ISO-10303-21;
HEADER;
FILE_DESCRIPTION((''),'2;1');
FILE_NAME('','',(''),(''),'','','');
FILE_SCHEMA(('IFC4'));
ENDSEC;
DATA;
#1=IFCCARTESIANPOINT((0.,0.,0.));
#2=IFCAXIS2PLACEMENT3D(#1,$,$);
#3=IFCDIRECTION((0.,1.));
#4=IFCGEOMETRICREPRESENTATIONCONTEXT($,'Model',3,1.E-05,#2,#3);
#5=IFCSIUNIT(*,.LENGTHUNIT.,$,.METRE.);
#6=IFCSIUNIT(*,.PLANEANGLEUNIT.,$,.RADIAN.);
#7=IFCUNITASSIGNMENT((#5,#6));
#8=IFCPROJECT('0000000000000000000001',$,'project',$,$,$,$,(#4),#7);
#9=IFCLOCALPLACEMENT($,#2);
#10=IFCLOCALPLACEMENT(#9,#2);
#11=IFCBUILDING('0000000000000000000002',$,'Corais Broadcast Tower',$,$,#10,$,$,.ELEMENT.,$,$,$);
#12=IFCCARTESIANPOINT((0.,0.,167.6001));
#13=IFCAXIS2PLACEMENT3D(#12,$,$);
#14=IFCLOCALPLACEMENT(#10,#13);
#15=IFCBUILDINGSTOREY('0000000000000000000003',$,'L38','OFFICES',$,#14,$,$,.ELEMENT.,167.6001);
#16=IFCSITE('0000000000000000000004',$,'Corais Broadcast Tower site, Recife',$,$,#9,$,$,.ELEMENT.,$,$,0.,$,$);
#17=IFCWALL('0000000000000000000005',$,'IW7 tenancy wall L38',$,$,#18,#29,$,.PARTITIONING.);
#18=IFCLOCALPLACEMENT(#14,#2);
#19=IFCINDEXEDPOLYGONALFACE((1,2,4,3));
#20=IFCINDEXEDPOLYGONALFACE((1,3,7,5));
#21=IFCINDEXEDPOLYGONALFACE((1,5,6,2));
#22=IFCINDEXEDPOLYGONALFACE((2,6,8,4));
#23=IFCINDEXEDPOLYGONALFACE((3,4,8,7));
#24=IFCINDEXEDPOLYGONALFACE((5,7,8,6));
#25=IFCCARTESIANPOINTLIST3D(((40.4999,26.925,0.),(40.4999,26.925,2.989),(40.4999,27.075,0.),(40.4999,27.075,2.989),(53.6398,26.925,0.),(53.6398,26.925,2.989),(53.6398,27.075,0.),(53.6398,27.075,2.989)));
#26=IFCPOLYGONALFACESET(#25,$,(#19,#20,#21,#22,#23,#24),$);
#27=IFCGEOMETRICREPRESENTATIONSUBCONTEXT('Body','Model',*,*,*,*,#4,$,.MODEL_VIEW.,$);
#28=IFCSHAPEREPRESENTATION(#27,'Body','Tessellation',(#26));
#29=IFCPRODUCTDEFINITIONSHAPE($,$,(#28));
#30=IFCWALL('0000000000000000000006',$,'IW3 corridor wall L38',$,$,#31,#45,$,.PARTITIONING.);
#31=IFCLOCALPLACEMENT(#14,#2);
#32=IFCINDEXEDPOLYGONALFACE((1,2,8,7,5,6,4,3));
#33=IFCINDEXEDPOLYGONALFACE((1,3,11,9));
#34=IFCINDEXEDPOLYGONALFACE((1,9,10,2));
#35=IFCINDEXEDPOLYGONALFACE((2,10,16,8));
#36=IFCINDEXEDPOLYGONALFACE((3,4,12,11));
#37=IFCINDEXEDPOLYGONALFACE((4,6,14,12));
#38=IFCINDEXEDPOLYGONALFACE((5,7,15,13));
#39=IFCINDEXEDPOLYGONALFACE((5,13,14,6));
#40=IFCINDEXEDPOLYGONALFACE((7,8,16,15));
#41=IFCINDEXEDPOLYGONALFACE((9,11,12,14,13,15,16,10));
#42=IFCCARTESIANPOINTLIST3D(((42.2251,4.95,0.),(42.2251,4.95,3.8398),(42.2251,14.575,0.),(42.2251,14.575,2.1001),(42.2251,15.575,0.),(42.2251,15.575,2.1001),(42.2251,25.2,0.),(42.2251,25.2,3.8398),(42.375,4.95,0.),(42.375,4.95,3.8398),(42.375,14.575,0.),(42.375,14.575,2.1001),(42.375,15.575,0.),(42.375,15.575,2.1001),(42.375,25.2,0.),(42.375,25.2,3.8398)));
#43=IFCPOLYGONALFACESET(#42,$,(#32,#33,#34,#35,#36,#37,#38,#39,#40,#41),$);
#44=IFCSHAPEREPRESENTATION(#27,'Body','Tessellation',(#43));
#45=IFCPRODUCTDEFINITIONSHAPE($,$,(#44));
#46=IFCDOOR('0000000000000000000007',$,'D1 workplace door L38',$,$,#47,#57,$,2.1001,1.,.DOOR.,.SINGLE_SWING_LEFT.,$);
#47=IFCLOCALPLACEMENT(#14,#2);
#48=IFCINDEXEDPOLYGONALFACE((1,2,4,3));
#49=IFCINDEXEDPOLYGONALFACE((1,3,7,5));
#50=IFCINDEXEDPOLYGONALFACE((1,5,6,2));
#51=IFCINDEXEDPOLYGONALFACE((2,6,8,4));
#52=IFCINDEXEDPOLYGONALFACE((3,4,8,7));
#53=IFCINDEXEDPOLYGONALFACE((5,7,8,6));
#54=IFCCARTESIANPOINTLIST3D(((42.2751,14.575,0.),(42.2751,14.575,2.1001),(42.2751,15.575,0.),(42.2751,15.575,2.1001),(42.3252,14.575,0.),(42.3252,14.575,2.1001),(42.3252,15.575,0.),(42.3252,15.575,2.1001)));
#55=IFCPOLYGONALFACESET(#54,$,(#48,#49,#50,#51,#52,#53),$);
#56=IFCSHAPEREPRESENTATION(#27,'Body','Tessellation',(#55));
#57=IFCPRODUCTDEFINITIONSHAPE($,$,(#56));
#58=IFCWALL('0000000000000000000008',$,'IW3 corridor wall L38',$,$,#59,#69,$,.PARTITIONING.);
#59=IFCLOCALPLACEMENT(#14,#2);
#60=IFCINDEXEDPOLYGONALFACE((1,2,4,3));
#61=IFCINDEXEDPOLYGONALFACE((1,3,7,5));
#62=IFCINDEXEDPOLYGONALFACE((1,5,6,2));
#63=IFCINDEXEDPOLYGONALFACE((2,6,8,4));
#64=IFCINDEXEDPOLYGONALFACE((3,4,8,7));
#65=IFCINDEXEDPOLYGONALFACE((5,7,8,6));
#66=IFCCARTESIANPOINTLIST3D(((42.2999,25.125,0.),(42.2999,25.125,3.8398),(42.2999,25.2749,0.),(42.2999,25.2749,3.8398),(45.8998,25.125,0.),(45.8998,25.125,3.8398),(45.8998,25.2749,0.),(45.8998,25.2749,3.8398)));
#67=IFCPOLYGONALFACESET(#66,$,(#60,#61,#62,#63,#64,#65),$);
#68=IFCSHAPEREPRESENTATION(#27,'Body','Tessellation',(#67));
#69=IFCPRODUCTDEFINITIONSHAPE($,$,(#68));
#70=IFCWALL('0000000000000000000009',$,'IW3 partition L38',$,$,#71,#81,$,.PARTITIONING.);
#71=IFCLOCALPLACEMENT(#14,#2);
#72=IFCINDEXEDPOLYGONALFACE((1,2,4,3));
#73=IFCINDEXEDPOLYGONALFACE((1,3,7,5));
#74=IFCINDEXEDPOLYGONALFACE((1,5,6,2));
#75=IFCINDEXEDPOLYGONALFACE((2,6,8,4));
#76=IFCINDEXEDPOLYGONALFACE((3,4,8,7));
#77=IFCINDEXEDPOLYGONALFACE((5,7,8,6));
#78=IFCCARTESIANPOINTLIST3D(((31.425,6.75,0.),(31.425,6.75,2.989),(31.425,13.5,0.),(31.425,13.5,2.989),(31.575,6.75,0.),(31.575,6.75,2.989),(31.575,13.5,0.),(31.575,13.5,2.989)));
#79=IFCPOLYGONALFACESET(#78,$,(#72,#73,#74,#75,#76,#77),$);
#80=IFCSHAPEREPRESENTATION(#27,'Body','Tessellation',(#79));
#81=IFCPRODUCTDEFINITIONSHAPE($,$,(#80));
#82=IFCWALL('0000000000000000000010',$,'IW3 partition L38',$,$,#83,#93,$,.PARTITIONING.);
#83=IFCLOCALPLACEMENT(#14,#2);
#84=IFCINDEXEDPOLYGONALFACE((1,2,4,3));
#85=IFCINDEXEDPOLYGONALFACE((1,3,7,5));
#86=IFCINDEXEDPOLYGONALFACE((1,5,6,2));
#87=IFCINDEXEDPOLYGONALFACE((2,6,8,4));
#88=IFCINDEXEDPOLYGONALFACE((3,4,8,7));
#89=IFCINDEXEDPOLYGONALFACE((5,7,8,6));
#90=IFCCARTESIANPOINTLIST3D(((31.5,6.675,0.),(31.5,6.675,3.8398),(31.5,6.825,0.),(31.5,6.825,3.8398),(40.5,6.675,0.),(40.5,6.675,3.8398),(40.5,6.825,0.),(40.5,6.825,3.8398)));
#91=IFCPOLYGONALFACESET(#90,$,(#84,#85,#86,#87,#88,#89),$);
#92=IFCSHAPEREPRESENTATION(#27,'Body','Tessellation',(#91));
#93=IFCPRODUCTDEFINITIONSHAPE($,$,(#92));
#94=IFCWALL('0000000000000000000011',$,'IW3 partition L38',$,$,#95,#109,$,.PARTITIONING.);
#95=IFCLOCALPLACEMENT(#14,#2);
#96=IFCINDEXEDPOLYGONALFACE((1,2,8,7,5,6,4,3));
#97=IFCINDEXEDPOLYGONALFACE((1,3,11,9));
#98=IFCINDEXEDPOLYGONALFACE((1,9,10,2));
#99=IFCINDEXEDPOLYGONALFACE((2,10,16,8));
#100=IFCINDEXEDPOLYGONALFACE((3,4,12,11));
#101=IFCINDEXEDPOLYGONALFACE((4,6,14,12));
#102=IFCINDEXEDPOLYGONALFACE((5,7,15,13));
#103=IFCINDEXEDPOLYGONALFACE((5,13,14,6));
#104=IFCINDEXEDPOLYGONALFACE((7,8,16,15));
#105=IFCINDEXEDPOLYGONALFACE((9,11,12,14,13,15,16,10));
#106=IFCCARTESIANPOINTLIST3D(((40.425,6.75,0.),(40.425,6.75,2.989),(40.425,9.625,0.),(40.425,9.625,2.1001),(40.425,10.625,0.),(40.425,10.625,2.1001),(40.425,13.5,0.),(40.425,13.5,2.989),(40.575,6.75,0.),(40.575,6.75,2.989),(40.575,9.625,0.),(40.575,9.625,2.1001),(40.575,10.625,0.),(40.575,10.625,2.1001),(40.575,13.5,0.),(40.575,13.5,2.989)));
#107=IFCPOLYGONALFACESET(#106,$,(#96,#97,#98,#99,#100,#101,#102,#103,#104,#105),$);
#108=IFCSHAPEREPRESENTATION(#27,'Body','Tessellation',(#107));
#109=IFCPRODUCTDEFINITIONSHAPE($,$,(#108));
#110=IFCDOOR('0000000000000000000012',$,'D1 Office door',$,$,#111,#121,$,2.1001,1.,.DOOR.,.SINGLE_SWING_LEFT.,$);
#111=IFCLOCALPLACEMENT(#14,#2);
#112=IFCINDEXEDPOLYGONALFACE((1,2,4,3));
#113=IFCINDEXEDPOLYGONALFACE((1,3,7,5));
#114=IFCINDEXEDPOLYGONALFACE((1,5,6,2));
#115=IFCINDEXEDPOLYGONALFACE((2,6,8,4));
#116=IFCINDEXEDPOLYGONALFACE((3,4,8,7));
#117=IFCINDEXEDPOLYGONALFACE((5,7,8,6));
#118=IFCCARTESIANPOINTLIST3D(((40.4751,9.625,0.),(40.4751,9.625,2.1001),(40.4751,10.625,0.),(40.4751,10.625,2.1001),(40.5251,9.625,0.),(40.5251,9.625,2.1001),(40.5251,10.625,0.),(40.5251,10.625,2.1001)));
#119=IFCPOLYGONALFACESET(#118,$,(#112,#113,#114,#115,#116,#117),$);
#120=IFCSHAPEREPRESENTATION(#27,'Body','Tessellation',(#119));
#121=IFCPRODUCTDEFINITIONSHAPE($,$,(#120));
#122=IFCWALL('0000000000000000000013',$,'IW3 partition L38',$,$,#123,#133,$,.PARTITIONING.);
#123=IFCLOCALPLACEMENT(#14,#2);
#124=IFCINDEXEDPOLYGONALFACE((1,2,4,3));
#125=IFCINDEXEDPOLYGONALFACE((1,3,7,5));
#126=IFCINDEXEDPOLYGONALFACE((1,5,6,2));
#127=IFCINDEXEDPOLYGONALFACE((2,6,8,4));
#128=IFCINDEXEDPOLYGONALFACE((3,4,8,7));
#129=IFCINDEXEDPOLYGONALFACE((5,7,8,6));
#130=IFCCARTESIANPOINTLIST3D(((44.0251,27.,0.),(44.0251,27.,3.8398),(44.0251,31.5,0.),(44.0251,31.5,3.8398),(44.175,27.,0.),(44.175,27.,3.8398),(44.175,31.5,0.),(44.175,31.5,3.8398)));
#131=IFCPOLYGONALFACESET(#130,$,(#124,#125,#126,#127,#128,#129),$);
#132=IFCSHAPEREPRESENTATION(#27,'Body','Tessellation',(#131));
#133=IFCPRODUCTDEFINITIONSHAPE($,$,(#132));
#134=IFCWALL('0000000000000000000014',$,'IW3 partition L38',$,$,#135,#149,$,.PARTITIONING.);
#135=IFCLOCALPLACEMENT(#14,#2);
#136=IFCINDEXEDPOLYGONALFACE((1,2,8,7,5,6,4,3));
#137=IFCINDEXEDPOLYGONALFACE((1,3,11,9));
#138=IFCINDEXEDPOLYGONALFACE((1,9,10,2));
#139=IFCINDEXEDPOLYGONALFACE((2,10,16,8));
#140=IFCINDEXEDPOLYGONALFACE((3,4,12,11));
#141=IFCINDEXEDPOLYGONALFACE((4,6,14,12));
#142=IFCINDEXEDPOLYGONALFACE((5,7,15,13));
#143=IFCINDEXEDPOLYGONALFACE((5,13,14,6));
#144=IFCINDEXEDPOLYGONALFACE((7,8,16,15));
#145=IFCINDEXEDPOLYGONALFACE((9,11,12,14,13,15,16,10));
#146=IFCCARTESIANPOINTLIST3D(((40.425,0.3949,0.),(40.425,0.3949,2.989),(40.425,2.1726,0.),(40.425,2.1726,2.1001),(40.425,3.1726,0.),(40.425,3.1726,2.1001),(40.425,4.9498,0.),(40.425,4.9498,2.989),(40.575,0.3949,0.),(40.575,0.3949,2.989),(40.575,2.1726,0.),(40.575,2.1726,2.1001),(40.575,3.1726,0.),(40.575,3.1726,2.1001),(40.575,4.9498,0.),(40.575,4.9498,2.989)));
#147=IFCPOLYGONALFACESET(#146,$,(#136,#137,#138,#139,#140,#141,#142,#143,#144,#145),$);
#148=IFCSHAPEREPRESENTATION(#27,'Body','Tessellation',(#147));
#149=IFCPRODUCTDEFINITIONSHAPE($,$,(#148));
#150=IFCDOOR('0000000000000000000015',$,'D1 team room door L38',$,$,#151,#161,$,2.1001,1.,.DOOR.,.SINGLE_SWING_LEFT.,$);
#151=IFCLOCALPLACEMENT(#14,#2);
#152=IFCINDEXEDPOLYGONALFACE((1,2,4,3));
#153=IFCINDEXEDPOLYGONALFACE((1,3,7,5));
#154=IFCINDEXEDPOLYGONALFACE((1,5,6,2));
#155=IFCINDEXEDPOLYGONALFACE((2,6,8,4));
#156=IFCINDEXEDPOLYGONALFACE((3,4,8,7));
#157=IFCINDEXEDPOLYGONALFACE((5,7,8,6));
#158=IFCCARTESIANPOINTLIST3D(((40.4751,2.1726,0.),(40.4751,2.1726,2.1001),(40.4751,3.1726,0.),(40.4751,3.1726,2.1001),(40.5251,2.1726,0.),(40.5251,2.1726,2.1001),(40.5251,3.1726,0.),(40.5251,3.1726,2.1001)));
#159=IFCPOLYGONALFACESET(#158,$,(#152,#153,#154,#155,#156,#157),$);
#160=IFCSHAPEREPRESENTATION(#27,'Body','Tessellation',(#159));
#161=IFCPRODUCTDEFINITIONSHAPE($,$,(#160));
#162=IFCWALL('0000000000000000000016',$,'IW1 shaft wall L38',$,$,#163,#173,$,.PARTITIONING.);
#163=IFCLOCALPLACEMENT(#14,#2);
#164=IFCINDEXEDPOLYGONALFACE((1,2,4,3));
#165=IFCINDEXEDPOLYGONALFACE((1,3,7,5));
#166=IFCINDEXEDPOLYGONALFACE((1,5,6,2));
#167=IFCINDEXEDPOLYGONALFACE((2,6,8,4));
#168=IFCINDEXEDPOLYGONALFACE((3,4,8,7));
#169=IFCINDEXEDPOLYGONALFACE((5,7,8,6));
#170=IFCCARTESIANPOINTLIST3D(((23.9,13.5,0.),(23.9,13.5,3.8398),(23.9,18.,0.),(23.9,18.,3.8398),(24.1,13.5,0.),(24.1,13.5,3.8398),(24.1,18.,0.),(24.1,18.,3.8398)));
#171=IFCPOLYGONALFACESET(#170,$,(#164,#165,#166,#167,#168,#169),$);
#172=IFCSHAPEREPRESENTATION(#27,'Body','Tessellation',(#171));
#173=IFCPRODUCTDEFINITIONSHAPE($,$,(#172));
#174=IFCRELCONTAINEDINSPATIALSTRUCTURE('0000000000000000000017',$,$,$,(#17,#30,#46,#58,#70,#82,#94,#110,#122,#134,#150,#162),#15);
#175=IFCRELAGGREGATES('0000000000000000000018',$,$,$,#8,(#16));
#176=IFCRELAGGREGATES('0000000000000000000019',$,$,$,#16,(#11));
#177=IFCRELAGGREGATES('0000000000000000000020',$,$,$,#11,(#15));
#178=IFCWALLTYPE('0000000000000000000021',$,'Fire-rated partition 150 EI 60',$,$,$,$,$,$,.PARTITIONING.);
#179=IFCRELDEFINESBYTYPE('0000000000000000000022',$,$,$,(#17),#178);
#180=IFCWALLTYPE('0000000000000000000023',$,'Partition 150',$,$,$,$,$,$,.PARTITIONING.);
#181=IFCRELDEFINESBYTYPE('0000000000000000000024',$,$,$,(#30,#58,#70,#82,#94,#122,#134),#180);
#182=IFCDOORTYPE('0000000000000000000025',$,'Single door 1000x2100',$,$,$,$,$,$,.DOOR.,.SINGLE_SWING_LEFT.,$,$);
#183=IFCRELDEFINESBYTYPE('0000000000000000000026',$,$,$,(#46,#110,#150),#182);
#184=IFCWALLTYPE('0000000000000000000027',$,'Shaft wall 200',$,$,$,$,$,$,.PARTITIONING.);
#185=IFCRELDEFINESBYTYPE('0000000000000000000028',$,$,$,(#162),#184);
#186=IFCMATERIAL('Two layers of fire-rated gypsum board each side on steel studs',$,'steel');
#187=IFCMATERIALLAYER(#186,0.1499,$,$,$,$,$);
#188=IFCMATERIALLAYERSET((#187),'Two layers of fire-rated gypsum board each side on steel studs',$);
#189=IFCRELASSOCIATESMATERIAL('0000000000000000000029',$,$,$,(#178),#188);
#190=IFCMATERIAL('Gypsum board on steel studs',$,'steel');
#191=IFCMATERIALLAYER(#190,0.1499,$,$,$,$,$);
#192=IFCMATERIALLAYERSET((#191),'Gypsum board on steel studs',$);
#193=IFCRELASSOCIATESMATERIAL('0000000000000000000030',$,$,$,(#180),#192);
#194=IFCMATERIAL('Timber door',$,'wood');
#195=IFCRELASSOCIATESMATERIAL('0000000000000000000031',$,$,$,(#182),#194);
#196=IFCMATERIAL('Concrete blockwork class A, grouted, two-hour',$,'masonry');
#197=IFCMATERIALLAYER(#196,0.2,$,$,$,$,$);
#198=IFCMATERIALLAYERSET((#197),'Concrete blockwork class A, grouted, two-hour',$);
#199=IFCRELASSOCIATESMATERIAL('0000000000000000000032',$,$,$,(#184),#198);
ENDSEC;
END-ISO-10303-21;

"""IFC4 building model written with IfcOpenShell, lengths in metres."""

from ifc_helpers import new_model, si_unit, direction, frame, frame_2d, origin, place, context, subcontext, project, spatial, rectangle, extrude, material, layer, layer_set, type_object, element, fill, save


model = new_model("IFC4")

# Units and contexts
model_context = context("Model", 3, precision=1e-05, world=origin(), true_north=direction((0.0, 1.0)))
body_context = subcontext(model_context, "Body", "Model", "MODEL_VIEW")
ifc_project = project(units=[si_unit("LENGTHUNIT", "METRE"), si_unit("PLANEANGLEUNIT", "RADIAN")], contexts=[model_context])

# Site, building, storey
site_placement = place(None, origin())
site = spatial("IfcSite", under=ifc_project, at=site_placement, Name="Corais Broadcast Tower site, Recife", CompositionType="ELEMENT", RefElevation=0.0)
building_placement = place(site_placement, origin())
building = spatial("IfcBuilding", under=site, at=building_placement, Name="Corais Broadcast Tower", CompositionType="ELEMENT")
storey_placement = place(building_placement, frame((0.0, 0.0, 167.6001)))
storey = spatial("IfcBuildingStorey", under=building, at=storey_placement, Name="L38", Description="OFFICES", CompositionType="ELEMENT", Elevation=167.6001)

# Wall
ifc_material_1 = material(Name="Two layers of fire-rated gypsum board each side on steel studs", Category="steel")
ifc_layer_1 = layer(ifc_material_1, 0.1499)
ifc_layer_set_1 = layer_set([ifc_layer_1], Name="Two layers of fire-rated gypsum board each side on steel studs")
wall_type_1 = type_object("IfcWallType", Name="Fire-rated partition 150 EI 60", PredefinedType="PARTITIONING", material=ifc_layer_set_1)
wall_1_placement = place(storey_placement, frame((40.5, 27.0, 0.0), z_axis=(0.0, 0.0, 1.0), x_axis=(1.0, 0.0, 0.0)))
element("IfcWall", 1, at=wall_1_placement, inside=storey, type_object=wall_type_1, Name="IW7 tenancy wall L38", PredefinedType="PARTITIONING", context=body_context, shape_type="SweptSolid", body=[
    extrude(rectangle(XDim=13.1399, YDim=0.1499, at=frame_2d((6.5698, 0.0))), origin(), (0.0, 0.0, 1.0), 2.989),
])

# Wall, opening, door
ifc_material_2 = material(Name="Gypsum board on steel studs", Category="steel")
ifc_layer_2 = layer(ifc_material_2, 0.1499)
ifc_layer_set_2 = layer_set([ifc_layer_2], Name="Gypsum board on steel studs")
wall_type_2 = type_object("IfcWallType", Name="Partition 150", PredefinedType="PARTITIONING", material=ifc_layer_set_2)
wall_2_placement = place(storey_placement, frame((42.3, 4.95, 0.0), z_axis=(0.0, 0.0, 1.0), x_axis=(0.0, 1.0, 0.0)))
wall_2 = element("IfcWall", 2, at=wall_2_placement, inside=storey, type_object=wall_type_2, Name="IW3 corridor wall L38", PredefinedType="PARTITIONING", context=body_context, shape_type="SweptSolid", body=[
    extrude(rectangle(XDim=20.25, YDim=0.1499, at=frame_2d((10.125, 0.0))), origin(), (0.0, 0.0, 1.0), 3.8398),
])
opening_1_placement = place(wall_2_placement, frame((9.625, 0.0, 0.0)))
opening_1 = element("IfcOpeningElement", 3, at=opening_1_placement, cuts=wall_2, PredefinedType="OPENING", context=body_context, shape_type="SweptSolid", body=[
    extrude(rectangle(XDim=1.0, YDim=2.1001, at=frame_2d((0.5, 1.05))), frame((0.0, 0.085, 0.0), z_axis=(0.0, -1.0, 0.0), x_axis=(1.0, 0.0, 0.0)), (0.0, 0.0, 1.0), 0.1699),
])
ifc_material_3 = material(Name="Timber door", Category="wood")
door_type_1 = type_object("IfcDoorType", Name="Single door 1000x2100", OperationType="SINGLE_SWING_LEFT", PredefinedType="DOOR", material=ifc_material_3)
door_1_placement = place(opening_1_placement, origin())
door_1 = element("IfcDoor", 4, at=door_1_placement, inside=storey, type_object=door_type_1, Name="D1 workplace door L38", OperationType="SINGLE_SWING_LEFT", OverallHeight=2.1001, OverallWidth=1.0, PredefinedType="DOOR", context=body_context, shape_type="SweptSolid", body=[
    extrude(rectangle(XDim=1.0, YDim=2.1001, at=frame_2d((0.5, 1.05))), frame((0.0, 0.0249, 0.0), z_axis=(0.0, -1.0, 0.0), x_axis=(1.0, 0.0, 0.0)), (0.0, 0.0, 1.0), 0.05),
])
fill(opening_1, door_1)

# Walls
wall_3_placement = place(storey_placement, frame((42.3, 25.2, 0.0), z_axis=(0.0, 0.0, 1.0), x_axis=(1.0, 0.0, 0.0)))
element("IfcWall", 5, at=wall_3_placement, inside=storey, type_object=wall_type_2, Name="IW3 corridor wall L38", PredefinedType="PARTITIONING", context=body_context, shape_type="SweptSolid", body=[
    extrude(rectangle(XDim=3.5999, YDim=0.1499, at=frame_2d((1.7998, 0.0))), origin(), (0.0, 0.0, 1.0), 3.8398),
])
wall_4_placement = place(storey_placement, frame((31.5, 6.75, 0.0), z_axis=(0.0, 0.0, 1.0), x_axis=(0.0, 1.0, 0.0)))
element("IfcWall", 6, at=wall_4_placement, inside=storey, type_object=wall_type_2, Name="IW3 partition L38", PredefinedType="PARTITIONING", context=body_context, shape_type="SweptSolid", body=[
    extrude(rectangle(XDim=6.75, YDim=0.1499, at=frame_2d((3.375, 0.0))), origin(), (0.0, 0.0, 1.0), 2.989),
])
wall_5_placement = place(storey_placement, frame((31.5, 6.75, 0.0), z_axis=(0.0, 0.0, 1.0), x_axis=(1.0, 0.0, 0.0)))
element("IfcWall", 7, at=wall_5_placement, inside=storey, type_object=wall_type_2, Name="IW3 partition L38", PredefinedType="PARTITIONING", context=body_context, shape_type="SweptSolid", body=[
    extrude(rectangle(XDim=9.0, YDim=0.1499, at=frame_2d((4.5, 0.0))), origin(), (0.0, 0.0, 1.0), 3.8398),
])

# Wall, opening, door
wall_6_placement = place(storey_placement, frame((40.5, 6.75, 0.0), z_axis=(0.0, 0.0, 1.0), x_axis=(0.0, 1.0, 0.0)))
wall_6 = element("IfcWall", 8, at=wall_6_placement, inside=storey, type_object=wall_type_2, Name="IW3 partition L38", PredefinedType="PARTITIONING", context=body_context, shape_type="SweptSolid", body=[
    extrude(rectangle(XDim=6.75, YDim=0.1499, at=frame_2d((3.375, 0.0))), origin(), (0.0, 0.0, 1.0), 2.989),
])
opening_2_placement = place(wall_6_placement, frame((2.875, 0.0, 0.0)))
opening_2 = element("IfcOpeningElement", 9, at=opening_2_placement, cuts=wall_6, PredefinedType="OPENING", context=body_context, shape_type="SweptSolid", body=[
    extrude(rectangle(XDim=1.0, YDim=2.1001, at=frame_2d((0.5, 1.05))), frame((0.0, 0.085, 0.0), z_axis=(0.0, -1.0, 0.0), x_axis=(1.0, 0.0, 0.0)), (0.0, 0.0, 1.0), 0.1699),
])
door_2_placement = place(opening_2_placement, origin())
door_2 = element("IfcDoor", 10, at=door_2_placement, inside=storey, type_object=door_type_1, Name="D1 Office door", OperationType="SINGLE_SWING_LEFT", OverallHeight=2.1001, OverallWidth=1.0, PredefinedType="DOOR", context=body_context, shape_type="SweptSolid", body=[
    extrude(rectangle(XDim=1.0, YDim=2.1001, at=frame_2d((0.5, 1.05))), frame((0.0, 0.0249, 0.0), z_axis=(0.0, -1.0, 0.0), x_axis=(1.0, 0.0, 0.0)), (0.0, 0.0, 1.0), 0.05),
])
fill(opening_2, door_2)

# Wall
wall_7_placement = place(storey_placement, frame((44.1001, 27.0, 0.0), z_axis=(0.0, 0.0, 1.0), x_axis=(0.0, 1.0, 0.0)))
element("IfcWall", 11, at=wall_7_placement, inside=storey, type_object=wall_type_2, Name="IW3 partition L38", PredefinedType="PARTITIONING", context=body_context, shape_type="SweptSolid", body=[
    extrude(rectangle(XDim=4.5, YDim=0.1499, at=frame_2d((2.25, 0.0))), origin(), (0.0, 0.0, 1.0), 3.8398),
])

# Wall, opening, door
wall_8_placement = place(storey_placement, frame((40.5, 0.395, 0.0), z_axis=(0.0, 0.0, 1.0), x_axis=(0.0, 1.0, 0.0)))
wall_8 = element("IfcWall", 12, at=wall_8_placement, inside=storey, type_object=wall_type_2, Name="IW3 partition L38", PredefinedType="PARTITIONING", context=body_context, shape_type="SweptSolid", body=[
    extrude(rectangle(XDim=4.5549, YDim=0.1499, at=frame_2d((2.2773, 0.0))), origin(), (0.0, 0.0, 1.0), 2.989),
])
opening_3_placement = place(wall_8_placement, frame((1.7776, 0.0, 0.0)))
opening_3 = element("IfcOpeningElement", 13, at=opening_3_placement, cuts=wall_8, PredefinedType="OPENING", context=body_context, shape_type="SweptSolid", body=[
    extrude(rectangle(XDim=1.0, YDim=2.1001, at=frame_2d((0.5, 1.05))), frame((0.0, 0.085, 0.0), z_axis=(0.0, -1.0, 0.0), x_axis=(1.0, 0.0, 0.0)), (0.0, 0.0, 1.0), 0.1699),
])
door_3_placement = place(opening_3_placement, origin())
door_3 = element("IfcDoor", 14, at=door_3_placement, inside=storey, type_object=door_type_1, Name="D1 team room door L38", OperationType="SINGLE_SWING_LEFT", OverallHeight=2.1001, OverallWidth=1.0, PredefinedType="DOOR", context=body_context, shape_type="SweptSolid", body=[
    extrude(rectangle(XDim=1.0, YDim=2.1001, at=frame_2d((0.5, 1.05))), frame((0.0, 0.0249, 0.0), z_axis=(0.0, -1.0, 0.0), x_axis=(1.0, 0.0, 0.0)), (0.0, 0.0, 1.0), 0.05),
])
fill(opening_3, door_3)

# Wall
ifc_material_4 = material(Name="Concrete blockwork class A, grouted, two-hour", Category="masonry")
ifc_layer_3 = layer(ifc_material_4, 0.2)
ifc_layer_set_3 = layer_set([ifc_layer_3], Name="Concrete blockwork class A, grouted, two-hour")
wall_type_3 = type_object("IfcWallType", Name="Shaft wall 200", PredefinedType="PARTITIONING", material=ifc_layer_set_3)
for number, where, z_axis, x_axis, name in (
    (15, (24.0, 13.5, 0.0), (0.0, 0.0, 1.0), (0.0, 1.0, 0.0), "IW1 shaft wall L38"),
):
    element("IfcWall", number, at=place(storey_placement, frame(where, z_axis=z_axis, x_axis=x_axis)), inside=storey, type_object=wall_type_3, Name=name, PredefinedType="PARTITIONING", context=body_context, shape_type="SweptSolid", body=[
        extrude(rectangle(XDim=4.5, YDim=0.2, at=frame_2d((2.25, 0.0))), origin(), (0.0, 0.0, 1.0), 3.8398),
    ])

save(model, "model.ifc")
